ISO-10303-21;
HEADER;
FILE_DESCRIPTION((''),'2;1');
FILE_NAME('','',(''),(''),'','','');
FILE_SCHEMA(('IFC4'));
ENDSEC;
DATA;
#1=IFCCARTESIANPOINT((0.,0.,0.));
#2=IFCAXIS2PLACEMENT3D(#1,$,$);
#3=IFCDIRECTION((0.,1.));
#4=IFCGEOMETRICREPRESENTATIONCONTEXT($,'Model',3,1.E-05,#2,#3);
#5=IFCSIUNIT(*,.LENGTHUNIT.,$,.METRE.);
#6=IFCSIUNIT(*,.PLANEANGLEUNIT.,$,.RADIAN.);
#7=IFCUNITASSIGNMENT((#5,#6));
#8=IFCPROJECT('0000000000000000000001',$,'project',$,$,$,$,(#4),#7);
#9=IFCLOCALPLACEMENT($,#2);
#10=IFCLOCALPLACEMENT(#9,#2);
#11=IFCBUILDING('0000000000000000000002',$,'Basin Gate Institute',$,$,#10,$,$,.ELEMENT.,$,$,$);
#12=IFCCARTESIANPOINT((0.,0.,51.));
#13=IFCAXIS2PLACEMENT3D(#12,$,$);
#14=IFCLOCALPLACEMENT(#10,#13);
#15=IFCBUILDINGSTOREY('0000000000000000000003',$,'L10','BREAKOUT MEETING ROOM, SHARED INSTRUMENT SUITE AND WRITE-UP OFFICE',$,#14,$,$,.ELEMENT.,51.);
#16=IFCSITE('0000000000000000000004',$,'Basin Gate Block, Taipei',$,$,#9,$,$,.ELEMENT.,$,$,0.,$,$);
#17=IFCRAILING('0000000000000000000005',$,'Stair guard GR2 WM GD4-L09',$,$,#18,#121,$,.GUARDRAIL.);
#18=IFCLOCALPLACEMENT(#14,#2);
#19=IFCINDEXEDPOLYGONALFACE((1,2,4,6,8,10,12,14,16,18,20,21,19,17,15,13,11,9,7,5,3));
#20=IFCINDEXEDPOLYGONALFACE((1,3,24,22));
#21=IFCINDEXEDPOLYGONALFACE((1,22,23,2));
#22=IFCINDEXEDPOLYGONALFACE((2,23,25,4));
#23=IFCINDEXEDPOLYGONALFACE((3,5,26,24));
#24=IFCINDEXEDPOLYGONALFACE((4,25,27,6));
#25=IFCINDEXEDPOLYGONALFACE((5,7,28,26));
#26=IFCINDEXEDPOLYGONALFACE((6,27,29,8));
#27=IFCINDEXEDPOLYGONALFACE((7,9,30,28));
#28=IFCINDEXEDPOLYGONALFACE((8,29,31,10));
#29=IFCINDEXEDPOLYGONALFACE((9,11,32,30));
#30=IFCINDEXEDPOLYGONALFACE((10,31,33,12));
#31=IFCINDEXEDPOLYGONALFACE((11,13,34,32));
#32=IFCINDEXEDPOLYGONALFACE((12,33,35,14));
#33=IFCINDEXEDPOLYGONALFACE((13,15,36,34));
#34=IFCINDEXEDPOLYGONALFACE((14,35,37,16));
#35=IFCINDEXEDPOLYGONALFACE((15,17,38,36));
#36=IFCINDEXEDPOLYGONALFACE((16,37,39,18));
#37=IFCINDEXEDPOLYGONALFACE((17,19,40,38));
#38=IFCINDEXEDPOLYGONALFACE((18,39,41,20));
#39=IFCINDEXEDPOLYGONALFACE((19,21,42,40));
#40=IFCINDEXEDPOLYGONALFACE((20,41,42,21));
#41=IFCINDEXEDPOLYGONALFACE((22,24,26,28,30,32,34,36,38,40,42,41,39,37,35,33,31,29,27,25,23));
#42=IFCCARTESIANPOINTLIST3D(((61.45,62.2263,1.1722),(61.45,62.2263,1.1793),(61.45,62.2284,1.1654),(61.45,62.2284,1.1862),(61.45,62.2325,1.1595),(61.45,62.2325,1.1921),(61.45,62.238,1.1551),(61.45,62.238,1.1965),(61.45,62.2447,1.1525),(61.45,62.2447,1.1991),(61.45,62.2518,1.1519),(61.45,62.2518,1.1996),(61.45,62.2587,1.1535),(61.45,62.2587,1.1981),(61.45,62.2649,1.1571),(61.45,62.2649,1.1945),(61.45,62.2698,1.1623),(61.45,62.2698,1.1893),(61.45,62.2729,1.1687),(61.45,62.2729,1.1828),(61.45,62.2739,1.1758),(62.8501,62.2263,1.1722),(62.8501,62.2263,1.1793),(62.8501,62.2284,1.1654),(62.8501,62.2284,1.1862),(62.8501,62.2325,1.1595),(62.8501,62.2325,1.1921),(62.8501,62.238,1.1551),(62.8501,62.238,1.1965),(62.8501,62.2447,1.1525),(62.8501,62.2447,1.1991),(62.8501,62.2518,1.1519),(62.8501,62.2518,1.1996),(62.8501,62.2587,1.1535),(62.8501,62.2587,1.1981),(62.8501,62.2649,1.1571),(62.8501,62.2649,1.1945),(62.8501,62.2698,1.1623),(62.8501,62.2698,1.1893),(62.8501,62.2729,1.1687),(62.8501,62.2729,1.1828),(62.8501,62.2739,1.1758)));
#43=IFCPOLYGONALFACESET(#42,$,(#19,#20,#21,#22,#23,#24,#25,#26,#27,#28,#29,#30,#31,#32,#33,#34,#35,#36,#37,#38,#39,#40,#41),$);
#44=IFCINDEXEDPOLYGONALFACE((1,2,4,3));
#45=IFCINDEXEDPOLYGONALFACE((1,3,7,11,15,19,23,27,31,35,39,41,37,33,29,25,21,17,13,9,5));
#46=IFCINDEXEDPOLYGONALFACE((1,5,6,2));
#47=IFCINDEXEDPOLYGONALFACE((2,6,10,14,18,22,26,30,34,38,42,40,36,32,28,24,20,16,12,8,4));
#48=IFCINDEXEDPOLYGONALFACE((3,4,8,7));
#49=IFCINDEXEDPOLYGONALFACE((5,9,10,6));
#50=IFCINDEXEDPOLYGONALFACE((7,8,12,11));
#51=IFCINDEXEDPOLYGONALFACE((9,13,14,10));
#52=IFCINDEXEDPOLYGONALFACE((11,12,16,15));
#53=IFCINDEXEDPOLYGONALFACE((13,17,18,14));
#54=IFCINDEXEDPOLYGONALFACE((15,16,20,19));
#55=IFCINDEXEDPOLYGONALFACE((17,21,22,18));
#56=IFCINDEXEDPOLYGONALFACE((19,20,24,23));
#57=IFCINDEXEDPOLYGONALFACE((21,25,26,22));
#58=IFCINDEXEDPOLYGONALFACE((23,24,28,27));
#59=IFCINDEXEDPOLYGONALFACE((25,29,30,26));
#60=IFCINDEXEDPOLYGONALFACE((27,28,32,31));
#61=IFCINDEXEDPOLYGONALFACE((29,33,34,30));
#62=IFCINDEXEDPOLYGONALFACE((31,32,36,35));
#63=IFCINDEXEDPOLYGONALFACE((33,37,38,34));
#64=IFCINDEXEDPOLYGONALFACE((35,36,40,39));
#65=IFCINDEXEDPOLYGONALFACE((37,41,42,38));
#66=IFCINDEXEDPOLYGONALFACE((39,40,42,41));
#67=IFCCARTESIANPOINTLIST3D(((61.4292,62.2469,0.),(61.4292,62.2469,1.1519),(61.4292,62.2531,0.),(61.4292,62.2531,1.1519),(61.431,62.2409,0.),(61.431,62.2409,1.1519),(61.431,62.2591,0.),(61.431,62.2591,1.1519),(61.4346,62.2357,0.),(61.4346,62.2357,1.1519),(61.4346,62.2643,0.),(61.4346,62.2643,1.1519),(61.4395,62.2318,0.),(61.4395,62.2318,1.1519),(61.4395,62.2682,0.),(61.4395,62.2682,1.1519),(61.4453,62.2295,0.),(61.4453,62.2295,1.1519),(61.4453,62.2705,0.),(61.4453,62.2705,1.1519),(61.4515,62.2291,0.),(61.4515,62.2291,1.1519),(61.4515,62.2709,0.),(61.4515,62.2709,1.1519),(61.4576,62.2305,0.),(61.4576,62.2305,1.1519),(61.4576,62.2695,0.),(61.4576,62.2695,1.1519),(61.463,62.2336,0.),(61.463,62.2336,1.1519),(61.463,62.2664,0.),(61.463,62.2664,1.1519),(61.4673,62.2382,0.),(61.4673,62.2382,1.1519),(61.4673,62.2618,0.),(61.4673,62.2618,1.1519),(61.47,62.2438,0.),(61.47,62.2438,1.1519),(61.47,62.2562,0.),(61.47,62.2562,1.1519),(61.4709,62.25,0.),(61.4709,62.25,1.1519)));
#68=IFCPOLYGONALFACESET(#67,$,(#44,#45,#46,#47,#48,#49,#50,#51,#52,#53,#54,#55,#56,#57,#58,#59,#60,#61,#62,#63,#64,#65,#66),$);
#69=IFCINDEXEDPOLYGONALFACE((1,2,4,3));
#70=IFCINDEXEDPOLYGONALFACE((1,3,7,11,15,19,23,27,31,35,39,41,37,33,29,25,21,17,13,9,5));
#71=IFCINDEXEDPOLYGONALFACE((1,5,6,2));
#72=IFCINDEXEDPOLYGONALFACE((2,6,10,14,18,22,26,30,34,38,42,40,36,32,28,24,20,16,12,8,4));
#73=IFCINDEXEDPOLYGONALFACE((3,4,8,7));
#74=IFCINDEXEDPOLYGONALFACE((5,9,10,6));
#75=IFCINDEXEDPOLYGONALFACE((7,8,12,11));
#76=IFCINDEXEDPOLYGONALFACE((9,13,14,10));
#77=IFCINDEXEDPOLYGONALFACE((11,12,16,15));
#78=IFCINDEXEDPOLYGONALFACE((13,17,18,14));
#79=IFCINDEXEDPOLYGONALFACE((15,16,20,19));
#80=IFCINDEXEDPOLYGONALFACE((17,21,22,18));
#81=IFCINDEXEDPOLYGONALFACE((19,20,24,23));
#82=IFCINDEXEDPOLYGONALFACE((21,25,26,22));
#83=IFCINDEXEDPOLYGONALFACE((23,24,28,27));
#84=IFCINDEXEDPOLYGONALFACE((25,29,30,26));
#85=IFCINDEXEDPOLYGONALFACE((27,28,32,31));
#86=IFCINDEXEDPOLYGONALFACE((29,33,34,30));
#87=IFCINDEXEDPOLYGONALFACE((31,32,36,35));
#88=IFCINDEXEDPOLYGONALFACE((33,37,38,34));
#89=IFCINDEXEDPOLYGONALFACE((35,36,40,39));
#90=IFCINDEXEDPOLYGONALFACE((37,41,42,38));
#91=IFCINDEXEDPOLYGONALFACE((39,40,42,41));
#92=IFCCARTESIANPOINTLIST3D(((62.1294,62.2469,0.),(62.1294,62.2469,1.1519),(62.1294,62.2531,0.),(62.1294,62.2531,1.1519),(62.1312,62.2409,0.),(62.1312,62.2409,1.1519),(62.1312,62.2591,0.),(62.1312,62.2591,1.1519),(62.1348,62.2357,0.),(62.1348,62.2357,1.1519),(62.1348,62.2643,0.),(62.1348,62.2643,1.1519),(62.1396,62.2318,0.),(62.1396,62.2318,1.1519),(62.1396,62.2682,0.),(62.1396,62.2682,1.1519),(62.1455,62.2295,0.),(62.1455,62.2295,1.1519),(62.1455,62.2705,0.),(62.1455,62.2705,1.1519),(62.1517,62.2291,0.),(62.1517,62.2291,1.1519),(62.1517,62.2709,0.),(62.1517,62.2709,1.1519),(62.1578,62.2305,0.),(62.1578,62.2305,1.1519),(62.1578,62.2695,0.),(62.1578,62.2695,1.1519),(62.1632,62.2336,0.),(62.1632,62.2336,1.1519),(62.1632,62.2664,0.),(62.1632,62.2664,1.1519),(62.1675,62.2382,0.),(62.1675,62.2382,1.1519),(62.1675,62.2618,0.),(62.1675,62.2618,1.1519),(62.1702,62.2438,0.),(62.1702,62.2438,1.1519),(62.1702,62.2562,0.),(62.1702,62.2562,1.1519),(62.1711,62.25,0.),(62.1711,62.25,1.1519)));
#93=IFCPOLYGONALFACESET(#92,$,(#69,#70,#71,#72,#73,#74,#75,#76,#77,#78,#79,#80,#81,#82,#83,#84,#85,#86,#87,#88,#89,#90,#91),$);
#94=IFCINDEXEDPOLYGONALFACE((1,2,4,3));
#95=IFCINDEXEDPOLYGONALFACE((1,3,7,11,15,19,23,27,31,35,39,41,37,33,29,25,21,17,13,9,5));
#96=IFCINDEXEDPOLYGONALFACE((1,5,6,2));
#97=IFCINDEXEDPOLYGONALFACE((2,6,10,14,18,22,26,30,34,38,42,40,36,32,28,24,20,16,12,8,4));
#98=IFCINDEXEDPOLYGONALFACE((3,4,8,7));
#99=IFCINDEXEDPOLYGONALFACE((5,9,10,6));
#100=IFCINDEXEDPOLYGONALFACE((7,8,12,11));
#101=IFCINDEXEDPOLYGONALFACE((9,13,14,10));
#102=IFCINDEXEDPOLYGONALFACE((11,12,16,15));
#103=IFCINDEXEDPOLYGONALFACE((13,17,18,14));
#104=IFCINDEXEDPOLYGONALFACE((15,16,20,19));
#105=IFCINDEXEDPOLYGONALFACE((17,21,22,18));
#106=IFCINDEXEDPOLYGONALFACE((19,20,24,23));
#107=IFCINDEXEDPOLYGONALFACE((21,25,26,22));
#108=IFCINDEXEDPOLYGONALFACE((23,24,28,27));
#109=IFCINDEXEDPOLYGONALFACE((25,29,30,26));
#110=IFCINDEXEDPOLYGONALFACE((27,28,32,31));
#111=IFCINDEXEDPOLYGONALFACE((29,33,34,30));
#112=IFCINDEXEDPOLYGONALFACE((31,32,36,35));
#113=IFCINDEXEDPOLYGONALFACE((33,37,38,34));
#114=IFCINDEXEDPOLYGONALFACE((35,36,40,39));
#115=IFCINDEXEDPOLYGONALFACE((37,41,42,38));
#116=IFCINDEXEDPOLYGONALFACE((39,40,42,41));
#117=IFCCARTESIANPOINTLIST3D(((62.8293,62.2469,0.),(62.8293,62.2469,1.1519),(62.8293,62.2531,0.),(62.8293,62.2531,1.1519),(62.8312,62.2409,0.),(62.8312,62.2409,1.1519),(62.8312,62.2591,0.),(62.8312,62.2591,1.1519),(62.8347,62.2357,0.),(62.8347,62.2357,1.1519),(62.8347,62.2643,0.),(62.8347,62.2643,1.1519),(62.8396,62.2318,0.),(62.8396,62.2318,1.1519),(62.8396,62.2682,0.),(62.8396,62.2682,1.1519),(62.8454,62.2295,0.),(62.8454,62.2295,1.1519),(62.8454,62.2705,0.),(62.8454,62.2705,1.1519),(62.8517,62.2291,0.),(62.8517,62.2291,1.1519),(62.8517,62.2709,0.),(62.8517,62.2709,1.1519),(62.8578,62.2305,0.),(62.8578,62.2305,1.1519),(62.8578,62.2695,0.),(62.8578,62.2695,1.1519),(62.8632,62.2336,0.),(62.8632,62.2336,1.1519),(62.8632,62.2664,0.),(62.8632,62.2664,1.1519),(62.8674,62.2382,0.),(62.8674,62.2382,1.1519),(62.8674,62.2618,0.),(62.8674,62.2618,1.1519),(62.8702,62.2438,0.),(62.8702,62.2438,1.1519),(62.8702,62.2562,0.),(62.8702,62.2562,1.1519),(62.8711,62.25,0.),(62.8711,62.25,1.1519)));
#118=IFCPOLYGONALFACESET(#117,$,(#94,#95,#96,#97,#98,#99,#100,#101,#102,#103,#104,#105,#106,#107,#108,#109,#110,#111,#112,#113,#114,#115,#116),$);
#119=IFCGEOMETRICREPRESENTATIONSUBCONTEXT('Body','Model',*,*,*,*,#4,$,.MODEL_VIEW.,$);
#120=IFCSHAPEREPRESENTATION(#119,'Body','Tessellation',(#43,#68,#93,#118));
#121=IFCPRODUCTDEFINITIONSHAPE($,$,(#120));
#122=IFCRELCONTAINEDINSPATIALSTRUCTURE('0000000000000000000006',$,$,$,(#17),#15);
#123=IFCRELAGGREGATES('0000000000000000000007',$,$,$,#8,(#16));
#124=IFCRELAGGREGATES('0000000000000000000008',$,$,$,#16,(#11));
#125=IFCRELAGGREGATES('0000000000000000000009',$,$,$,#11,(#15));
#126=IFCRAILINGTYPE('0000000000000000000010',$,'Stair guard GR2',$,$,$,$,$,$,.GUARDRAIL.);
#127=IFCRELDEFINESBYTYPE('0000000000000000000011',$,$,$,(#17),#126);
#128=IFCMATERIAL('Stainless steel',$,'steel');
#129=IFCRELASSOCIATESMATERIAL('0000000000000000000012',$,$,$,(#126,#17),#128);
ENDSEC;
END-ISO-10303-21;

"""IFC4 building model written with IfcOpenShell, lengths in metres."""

from ifc_helpers import new_model, si_unit, direction, frame, origin, origin_2d, place, context, subcontext, project, spatial, circle, extrude, material, type_object, element, save


model = new_model("IFC4")

# Units and contexts
model_context = context("Model", 3, precision=1e-05, world=origin(), true_north=direction((0.0, 1.0)))
body_context = subcontext(model_context, "Body", "Model", "MODEL_VIEW")
ifc_project = project(units=[si_unit("LENGTHUNIT", "METRE"), si_unit("PLANEANGLEUNIT", "RADIAN")], contexts=[model_context])

# Site, building, storey
site_placement = place(None, origin())
site = spatial("IfcSite", under=ifc_project, at=site_placement, Name="Basin Gate Block, Taipei", CompositionType="ELEMENT", RefElevation=0.0)
building_placement = place(site_placement, origin())
building = spatial("IfcBuilding", under=site, at=building_placement, Name="Basin Gate Institute", CompositionType="ELEMENT")
storey_placement = place(building_placement, frame((0.0, 0.0, 51.0)))
storey = spatial("IfcBuildingStorey", under=building, at=storey_placement, Name="L10", Description="BREAKOUT MEETING ROOM, SHARED INSTRUMENT SUITE AND WRITE-UP OFFICE", CompositionType="ELEMENT", Elevation=51.0)

# Railing
ifc_material_1 = material(Name="Stainless steel", Category="steel")
railing_type_1 = type_object("IfcRailingType", Name="Stair guard GR2", PredefinedType="GUARDRAIL", material=ifc_material_1)
railing_1_placement = place(storey_placement, frame((61.45, 62.25, 0.0)))
element("IfcRailing", 1, at=railing_1_placement, inside=storey, type_object=railing_type_1, material=ifc_material_1, Name="Stair guard GR2 WM GD4-L09", PredefinedType="GUARDRAIL", context=body_context, shape_type="SweptSolid", body=[
    extrude(circle(Radius=0.0239, at=origin_2d()), frame((0.0, 0.0, 1.1758), z_axis=(1.0, 0.0, 0.0), x_axis=(0.0, 1.0, 0.0)), (0.0, 0.0, 1.0), 1.4001),
    extrude(circle(Radius=0.021, at=origin_2d()), origin(), (0.0, 0.0, 1.0), 1.1519),
    extrude(circle(Radius=0.021, at=origin_2d()), frame((0.7002, 0.0, 0.0)), (0.0, 0.0, 1.0), 1.1519),
    extrude(circle(Radius=0.021, at=origin_2d()), frame((1.4001, 0.0, 0.0)), (0.0, 0.0, 1.0), 1.1519),
])

save(model, "model.ifc")
